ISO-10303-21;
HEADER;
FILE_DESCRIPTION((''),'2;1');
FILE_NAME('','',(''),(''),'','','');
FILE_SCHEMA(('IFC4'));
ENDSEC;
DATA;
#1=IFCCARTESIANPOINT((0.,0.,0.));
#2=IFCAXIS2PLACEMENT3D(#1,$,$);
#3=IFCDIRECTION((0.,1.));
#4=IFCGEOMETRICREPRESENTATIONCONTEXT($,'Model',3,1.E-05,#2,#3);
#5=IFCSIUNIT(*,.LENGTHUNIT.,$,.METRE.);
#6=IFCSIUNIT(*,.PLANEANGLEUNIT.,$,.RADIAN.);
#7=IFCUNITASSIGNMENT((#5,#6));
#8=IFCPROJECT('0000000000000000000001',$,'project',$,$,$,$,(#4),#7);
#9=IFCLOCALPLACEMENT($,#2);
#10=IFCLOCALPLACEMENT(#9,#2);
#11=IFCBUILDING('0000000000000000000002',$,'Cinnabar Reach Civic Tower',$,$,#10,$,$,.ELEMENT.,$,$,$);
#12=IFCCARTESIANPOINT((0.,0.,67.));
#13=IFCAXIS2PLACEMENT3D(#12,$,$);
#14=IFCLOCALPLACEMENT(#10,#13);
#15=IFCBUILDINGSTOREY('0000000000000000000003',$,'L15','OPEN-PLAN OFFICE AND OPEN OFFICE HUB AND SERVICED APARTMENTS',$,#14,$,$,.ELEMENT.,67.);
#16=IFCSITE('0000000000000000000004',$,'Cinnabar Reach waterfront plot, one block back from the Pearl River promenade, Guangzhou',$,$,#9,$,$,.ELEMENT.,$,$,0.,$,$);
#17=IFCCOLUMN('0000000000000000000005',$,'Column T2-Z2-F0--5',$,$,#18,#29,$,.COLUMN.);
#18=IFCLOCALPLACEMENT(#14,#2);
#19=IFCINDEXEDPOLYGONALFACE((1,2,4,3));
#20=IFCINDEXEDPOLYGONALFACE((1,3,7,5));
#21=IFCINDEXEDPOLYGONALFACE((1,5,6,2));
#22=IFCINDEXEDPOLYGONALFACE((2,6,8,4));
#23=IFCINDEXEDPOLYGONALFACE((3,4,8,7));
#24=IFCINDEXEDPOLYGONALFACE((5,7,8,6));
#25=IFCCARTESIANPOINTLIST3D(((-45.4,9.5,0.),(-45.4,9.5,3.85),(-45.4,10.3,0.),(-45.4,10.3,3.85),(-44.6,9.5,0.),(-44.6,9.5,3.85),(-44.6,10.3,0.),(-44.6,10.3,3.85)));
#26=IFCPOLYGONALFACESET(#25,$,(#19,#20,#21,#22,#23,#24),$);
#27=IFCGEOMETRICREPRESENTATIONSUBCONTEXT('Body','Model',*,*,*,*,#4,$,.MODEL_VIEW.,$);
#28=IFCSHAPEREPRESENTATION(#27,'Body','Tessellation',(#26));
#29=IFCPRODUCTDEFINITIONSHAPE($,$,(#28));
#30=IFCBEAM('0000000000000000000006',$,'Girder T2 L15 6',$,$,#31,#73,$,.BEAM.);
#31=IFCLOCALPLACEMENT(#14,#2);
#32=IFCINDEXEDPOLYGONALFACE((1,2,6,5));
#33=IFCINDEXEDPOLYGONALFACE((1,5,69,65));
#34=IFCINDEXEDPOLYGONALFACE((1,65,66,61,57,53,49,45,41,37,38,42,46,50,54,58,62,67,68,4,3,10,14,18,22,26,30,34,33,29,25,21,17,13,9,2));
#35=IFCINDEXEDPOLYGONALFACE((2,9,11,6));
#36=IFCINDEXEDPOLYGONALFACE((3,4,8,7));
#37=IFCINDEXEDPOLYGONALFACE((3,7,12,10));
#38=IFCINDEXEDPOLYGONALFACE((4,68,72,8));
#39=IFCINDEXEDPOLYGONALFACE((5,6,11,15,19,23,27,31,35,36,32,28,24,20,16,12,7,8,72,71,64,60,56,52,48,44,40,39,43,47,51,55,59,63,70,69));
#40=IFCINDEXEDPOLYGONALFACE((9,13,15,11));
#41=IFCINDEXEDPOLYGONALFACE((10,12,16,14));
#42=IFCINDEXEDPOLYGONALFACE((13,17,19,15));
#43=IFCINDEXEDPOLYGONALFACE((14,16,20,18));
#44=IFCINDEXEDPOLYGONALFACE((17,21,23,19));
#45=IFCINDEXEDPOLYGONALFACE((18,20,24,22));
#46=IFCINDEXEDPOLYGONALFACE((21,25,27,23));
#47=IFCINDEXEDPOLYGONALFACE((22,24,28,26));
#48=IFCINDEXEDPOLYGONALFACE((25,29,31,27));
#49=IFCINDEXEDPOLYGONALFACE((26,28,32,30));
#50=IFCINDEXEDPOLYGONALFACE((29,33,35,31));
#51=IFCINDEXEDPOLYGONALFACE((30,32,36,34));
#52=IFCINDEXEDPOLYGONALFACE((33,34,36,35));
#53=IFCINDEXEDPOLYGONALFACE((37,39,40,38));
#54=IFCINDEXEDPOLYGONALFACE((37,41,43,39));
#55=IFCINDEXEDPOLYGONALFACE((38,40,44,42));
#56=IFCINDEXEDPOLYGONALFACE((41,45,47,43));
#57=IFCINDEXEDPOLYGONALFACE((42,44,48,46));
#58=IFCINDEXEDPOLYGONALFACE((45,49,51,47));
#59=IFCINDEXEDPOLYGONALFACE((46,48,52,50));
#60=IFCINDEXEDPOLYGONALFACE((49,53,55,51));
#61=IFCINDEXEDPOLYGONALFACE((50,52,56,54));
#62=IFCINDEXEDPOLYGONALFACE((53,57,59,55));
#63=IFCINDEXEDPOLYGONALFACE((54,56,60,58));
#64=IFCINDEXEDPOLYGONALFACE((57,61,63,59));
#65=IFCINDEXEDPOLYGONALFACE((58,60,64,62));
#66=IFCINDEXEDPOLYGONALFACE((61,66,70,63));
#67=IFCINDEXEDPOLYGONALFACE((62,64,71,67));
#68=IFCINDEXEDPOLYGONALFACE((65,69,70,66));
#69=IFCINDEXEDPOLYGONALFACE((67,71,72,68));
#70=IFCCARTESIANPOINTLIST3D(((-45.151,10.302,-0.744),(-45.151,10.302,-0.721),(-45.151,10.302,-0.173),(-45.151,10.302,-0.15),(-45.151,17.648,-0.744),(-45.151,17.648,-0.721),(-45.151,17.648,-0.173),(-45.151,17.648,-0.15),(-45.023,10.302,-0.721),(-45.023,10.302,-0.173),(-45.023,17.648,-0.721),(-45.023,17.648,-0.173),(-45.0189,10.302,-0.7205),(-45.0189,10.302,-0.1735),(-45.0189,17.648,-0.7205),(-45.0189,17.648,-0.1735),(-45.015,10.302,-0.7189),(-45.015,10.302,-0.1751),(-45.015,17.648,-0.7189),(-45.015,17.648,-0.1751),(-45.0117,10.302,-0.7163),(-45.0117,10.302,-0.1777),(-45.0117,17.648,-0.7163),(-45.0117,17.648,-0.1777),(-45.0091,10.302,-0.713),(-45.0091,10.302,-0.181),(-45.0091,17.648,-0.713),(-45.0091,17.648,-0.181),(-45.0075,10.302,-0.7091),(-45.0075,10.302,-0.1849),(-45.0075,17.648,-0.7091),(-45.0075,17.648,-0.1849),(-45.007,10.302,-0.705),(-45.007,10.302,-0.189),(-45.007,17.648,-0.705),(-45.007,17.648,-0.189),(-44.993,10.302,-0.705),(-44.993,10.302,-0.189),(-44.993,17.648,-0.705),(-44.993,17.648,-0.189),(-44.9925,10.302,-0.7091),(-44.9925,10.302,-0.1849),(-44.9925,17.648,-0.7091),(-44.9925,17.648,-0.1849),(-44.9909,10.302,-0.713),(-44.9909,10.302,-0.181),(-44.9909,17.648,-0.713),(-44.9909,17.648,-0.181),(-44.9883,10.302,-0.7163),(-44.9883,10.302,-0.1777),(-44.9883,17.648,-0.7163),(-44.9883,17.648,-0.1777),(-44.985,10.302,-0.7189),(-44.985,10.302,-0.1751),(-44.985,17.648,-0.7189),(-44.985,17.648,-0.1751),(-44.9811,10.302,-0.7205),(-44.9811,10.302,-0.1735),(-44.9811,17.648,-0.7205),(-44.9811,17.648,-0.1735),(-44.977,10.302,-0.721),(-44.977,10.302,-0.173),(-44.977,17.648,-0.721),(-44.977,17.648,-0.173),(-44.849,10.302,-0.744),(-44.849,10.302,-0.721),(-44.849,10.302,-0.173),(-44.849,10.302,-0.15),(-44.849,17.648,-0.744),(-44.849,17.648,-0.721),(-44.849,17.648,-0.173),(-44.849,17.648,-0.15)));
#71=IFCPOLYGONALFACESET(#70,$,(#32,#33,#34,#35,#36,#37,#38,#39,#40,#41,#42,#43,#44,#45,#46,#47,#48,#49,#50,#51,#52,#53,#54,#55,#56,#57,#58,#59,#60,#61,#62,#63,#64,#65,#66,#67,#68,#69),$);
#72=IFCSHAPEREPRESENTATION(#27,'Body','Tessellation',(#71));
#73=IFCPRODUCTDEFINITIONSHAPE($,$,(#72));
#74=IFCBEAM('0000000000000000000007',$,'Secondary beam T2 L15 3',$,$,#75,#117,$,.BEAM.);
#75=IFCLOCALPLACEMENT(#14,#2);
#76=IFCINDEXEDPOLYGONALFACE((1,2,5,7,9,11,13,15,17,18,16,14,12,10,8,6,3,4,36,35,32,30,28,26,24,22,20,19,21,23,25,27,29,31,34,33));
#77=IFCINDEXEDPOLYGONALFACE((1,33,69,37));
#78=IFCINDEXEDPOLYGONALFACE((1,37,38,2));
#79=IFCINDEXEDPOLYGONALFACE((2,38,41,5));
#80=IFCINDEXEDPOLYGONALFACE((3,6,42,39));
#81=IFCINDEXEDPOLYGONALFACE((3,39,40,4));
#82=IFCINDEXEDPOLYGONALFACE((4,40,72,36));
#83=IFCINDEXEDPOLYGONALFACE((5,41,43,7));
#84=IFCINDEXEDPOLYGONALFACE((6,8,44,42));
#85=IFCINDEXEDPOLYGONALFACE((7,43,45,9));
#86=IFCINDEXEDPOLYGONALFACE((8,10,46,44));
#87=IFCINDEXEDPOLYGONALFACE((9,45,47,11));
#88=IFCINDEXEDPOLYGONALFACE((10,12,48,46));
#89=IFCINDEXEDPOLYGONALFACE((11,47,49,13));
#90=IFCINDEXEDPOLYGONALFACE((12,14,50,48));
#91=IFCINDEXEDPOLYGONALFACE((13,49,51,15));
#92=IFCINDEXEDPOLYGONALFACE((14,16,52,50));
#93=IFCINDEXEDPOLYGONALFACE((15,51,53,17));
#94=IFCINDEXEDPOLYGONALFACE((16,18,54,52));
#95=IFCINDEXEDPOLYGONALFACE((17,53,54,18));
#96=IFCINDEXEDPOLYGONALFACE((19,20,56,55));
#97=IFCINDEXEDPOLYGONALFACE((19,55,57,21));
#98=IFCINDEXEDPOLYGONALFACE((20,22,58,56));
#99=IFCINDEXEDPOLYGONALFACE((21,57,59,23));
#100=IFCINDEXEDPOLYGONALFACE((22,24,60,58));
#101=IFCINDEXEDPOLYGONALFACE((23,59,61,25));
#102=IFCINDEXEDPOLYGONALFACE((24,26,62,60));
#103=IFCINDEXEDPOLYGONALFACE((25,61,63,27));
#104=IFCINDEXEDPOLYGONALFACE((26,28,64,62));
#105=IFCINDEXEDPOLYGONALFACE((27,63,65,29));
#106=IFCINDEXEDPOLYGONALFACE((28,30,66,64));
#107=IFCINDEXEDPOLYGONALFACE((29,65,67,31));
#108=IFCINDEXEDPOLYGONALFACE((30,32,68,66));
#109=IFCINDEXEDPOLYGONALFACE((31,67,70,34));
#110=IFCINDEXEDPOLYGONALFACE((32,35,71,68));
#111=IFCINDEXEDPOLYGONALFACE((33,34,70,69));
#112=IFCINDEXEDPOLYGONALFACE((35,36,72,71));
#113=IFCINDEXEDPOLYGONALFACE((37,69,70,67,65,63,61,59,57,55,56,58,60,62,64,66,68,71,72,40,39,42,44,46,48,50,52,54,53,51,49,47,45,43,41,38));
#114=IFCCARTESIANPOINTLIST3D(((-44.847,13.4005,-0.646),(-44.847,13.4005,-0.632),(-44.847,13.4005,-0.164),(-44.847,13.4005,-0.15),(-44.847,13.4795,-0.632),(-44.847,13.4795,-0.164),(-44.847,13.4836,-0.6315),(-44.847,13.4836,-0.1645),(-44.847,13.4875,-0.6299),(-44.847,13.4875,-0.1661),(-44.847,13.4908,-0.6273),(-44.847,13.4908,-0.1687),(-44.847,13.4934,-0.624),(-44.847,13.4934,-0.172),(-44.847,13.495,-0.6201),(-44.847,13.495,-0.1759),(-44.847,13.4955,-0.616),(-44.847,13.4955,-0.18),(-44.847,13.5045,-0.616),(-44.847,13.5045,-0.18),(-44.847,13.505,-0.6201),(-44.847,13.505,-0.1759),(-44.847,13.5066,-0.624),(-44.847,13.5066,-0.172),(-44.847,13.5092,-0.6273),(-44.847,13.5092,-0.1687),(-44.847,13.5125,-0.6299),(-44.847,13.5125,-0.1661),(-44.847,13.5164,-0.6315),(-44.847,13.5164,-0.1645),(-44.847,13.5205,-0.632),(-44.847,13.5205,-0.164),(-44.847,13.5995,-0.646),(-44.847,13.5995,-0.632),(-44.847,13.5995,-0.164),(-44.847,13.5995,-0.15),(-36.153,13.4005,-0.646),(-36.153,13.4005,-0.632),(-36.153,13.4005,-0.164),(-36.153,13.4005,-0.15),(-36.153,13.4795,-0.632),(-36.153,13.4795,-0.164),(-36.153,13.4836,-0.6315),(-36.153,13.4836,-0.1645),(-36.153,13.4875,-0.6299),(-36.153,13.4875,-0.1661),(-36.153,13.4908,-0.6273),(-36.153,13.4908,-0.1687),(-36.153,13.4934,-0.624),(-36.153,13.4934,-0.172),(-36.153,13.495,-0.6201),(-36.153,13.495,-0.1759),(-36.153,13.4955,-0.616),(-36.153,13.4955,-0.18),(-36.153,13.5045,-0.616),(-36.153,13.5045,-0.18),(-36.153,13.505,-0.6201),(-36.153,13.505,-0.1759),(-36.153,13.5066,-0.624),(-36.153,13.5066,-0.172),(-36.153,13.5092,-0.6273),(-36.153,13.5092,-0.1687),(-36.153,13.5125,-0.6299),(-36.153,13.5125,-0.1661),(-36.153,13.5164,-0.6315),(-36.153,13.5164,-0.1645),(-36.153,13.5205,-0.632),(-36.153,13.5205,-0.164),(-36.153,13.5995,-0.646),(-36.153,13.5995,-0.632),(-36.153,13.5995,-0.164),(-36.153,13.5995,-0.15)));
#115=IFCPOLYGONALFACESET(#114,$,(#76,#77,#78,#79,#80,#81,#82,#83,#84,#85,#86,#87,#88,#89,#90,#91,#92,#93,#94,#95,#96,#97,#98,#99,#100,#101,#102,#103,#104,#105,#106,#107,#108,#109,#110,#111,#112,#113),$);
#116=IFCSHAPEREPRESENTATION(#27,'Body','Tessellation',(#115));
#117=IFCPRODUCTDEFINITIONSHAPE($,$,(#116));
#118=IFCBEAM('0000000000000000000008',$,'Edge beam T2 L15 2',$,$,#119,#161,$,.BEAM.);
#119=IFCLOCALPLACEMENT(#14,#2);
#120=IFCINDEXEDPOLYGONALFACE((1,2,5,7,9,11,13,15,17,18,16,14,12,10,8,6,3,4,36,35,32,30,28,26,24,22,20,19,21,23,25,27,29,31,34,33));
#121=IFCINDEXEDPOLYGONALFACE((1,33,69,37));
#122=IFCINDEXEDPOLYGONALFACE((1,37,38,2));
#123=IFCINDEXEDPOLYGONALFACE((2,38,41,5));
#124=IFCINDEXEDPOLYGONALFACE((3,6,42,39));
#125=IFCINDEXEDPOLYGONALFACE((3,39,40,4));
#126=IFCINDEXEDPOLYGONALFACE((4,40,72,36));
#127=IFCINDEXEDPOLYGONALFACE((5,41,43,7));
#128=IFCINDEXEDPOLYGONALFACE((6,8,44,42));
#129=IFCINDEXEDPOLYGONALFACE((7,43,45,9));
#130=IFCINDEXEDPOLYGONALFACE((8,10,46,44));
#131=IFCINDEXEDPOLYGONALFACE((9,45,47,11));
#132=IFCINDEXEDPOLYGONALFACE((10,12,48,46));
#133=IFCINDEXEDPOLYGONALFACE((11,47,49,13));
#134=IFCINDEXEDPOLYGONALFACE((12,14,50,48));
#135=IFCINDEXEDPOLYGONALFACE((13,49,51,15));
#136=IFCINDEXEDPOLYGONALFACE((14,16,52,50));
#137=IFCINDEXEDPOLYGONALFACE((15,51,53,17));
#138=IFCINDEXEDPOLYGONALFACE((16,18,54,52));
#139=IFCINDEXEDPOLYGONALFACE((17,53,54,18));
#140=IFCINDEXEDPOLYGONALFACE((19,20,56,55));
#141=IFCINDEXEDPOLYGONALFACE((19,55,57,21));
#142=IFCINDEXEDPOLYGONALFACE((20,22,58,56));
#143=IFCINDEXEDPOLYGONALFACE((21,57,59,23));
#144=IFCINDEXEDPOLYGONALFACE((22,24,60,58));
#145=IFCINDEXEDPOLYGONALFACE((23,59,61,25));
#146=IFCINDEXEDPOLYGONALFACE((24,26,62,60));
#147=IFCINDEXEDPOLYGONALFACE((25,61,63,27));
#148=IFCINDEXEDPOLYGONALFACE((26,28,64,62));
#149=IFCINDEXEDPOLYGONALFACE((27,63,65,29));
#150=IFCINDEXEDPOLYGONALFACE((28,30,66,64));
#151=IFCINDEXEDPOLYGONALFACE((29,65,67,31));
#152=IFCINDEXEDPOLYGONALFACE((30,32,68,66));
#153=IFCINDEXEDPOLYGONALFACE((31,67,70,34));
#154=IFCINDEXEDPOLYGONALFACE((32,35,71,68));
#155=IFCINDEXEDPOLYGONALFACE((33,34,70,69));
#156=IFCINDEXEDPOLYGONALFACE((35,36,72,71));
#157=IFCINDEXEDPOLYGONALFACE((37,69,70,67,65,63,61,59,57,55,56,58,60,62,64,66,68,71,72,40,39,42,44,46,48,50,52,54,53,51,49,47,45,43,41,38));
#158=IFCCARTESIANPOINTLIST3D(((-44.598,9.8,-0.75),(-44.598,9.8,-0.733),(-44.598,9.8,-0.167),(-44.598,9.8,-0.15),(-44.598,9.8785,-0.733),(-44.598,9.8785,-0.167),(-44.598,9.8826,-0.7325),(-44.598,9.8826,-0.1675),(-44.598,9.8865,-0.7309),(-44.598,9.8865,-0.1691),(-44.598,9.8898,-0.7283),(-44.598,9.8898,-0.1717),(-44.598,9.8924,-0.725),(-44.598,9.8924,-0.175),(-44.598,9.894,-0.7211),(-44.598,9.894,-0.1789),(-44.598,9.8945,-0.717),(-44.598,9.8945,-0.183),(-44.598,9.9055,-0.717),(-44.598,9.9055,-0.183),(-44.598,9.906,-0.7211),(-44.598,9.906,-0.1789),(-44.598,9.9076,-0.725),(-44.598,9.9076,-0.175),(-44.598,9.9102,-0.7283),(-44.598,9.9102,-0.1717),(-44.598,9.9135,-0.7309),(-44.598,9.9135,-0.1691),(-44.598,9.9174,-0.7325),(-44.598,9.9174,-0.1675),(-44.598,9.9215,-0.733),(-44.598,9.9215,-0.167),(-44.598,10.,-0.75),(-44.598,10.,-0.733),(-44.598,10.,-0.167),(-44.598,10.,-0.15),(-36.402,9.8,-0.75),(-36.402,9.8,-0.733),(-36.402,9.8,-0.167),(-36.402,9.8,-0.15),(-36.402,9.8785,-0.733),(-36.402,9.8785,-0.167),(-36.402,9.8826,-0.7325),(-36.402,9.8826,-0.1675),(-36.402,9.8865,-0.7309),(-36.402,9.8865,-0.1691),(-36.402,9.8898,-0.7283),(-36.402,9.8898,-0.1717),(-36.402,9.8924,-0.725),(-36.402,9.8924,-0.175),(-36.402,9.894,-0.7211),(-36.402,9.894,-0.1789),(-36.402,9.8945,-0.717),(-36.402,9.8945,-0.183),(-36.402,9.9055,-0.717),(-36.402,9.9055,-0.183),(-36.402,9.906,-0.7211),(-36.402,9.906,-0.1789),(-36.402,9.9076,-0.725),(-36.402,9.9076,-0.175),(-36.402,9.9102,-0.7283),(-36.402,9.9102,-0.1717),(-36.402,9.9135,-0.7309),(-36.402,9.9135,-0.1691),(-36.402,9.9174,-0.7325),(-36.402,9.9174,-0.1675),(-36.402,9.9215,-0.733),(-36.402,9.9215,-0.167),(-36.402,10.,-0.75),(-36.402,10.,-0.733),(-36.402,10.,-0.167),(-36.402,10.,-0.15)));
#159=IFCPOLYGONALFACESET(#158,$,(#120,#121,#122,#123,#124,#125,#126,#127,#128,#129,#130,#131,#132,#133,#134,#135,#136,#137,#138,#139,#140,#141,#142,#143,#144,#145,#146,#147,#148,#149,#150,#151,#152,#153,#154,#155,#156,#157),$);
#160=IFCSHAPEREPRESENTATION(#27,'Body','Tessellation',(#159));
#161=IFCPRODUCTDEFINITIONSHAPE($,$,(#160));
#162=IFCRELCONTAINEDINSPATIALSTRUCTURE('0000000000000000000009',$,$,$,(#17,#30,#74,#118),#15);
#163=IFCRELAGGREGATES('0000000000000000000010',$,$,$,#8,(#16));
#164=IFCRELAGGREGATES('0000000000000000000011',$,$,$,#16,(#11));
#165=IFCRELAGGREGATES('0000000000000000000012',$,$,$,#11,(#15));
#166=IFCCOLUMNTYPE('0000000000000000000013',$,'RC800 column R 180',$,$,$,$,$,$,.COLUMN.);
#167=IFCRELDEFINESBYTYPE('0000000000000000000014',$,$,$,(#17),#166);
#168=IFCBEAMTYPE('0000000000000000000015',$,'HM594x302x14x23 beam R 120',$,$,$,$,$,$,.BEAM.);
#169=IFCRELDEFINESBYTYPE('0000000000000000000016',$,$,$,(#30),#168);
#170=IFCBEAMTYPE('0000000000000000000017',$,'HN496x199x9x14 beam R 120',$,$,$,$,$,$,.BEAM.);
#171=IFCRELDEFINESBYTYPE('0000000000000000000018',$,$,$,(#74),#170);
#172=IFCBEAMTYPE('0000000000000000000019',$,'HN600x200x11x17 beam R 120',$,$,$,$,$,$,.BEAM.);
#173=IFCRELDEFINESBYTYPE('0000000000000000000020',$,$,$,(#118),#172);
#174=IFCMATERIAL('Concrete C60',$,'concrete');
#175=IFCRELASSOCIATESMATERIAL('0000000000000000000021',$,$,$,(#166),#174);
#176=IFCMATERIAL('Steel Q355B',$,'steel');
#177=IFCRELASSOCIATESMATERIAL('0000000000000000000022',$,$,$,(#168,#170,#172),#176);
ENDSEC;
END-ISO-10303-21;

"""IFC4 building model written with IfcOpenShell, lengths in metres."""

from ifc_helpers import new_model, si_unit, direction, frame, origin, origin_2d, place, context, subcontext, project, spatial, rectangle, i_section, extrude, material, material_profile, profile_set, type_object, element, save


model = new_model("IFC4")

# Units and contexts
model_context = context("Model", 3, precision=1e-05, world=origin(), true_north=direction((0.0, 1.0)))
body_context = subcontext(model_context, "Body", "Model", "MODEL_VIEW")
ifc_project = project(units=[si_unit("LENGTHUNIT", "METRE"), si_unit("PLANEANGLEUNIT", "RADIAN")], contexts=[model_context])

# Site, building, storey
site_placement = place(None, origin())
site = spatial("IfcSite", under=ifc_project, at=site_placement, Name="Cinnabar Reach waterfront plot, one block back from the Pearl River promenade, Guangzhou", CompositionType="ELEMENT", RefElevation=0.0)
building_placement = place(site_placement, origin())
building = spatial("IfcBuilding", under=site, at=building_placement, Name="Cinnabar Reach Civic Tower", CompositionType="ELEMENT")
storey_placement = place(building_placement, frame((0.0, 0.0, 67.0)))
storey = spatial("IfcBuildingStorey", under=building, at=storey_placement, Name="L15", Description="OPEN-PLAN OFFICE AND OPEN OFFICE HUB AND SERVICED APARTMENTS", CompositionType="ELEMENT", Elevation=67.0)

# Column
ifc_material_1 = material(Name="Concrete C60", Category="concrete")
ifc_material_profile_1 = material_profile(ifc_material_1, rectangle(XDim=0.8, YDim=0.8, at=origin_2d()), Name="RC800")
ifc_profile_set_1 = profile_set([ifc_material_profile_1], Name="Concrete C60")
column_type = type_object("IfcColumnType", Name="RC800 column R 180", PredefinedType="COLUMN", material=ifc_profile_set_1)
column_placement = place(storey_placement, frame((-45.0, 9.9, 0.0), z_axis=(0.0, 0.0, 1.0), x_axis=(1.0, 0.0, 0.0)))
element("IfcColumn", 1, at=column_placement, inside=storey, type_object=column_type, Name="Column T2-Z2-F0--5", PredefinedType="COLUMN", context=body_context, shape_type="SweptSolid", body=[
    extrude(rectangle(XDim=0.8, YDim=0.8, at=origin_2d()), origin(), (0.0, 0.0, 1.0), 3.85),
])

# Beams
ifc_material_2 = material(Name="Steel Q355B", Category="steel")
ifc_material_profile_2 = material_profile(ifc_material_2, i_section(OverallWidth=0.302, OverallDepth=0.594, WebThickness=0.014, FlangeThickness=0.023, FilletRadius=0.016, at=origin_2d()), Name="HM594x302x14x23")
ifc_profile_set_2 = profile_set([ifc_material_profile_2], Name="Steel Q355B")
beam_type_1 = type_object("IfcBeamType", Name="HM594x302x14x23 beam R 120", PredefinedType="BEAM", material=ifc_profile_set_2)
beam_1_placement = place(storey_placement, frame((-45.0, 10.302, -0.447), z_axis=(0.0, 1.0, 0.0), x_axis=(-1.0, 0.0, 0.0)))
element("IfcBeam", 2, at=beam_1_placement, inside=storey, type_object=beam_type_1, Name="Girder T2 L15 6", PredefinedType="BEAM", context=body_context, shape_type="SweptSolid", body=[
    extrude(i_section(OverallWidth=0.302, OverallDepth=0.594, WebThickness=0.014, FlangeThickness=0.023, FilletRadius=0.016, at=origin_2d()), origin(), (0.0, 0.0, 1.0), 7.346),
])
ifc_material_profile_3 = material_profile(ifc_material_2, i_section(OverallWidth=0.199, OverallDepth=0.496, WebThickness=0.009, FlangeThickness=0.014, FilletRadius=0.016, at=origin_2d()), Name="HN496x199x9x14")
ifc_profile_set_3 = profile_set([ifc_material_profile_3], Name="Steel Q355B")
beam_type_2 = type_object("IfcBeamType", Name="HN496x199x9x14 beam R 120", PredefinedType="BEAM", material=ifc_profile_set_3)
beam_2_placement = place(storey_placement, frame((-44.847, 13.5, -0.398), z_axis=(1.0, 0.0, 0.0), x_axis=(0.0, 1.0, 0.0)))
element("IfcBeam", 3, at=beam_2_placement, inside=storey, type_object=beam_type_2, Name="Secondary beam T2 L15 3", PredefinedType="BEAM", context=body_context, shape_type="SweptSolid", body=[
    extrude(i_section(OverallWidth=0.199, OverallDepth=0.496, WebThickness=0.009, FlangeThickness=0.014, FilletRadius=0.016, at=origin_2d()), origin(), (0.0, 0.0, 1.0), 8.694),
])
ifc_material_profile_4 = material_profile(ifc_material_2, i_section(OverallWidth=0.2, OverallDepth=0.6, WebThickness=0.011, FlangeThickness=0.017, FilletRadius=0.016, at=origin_2d()), Name="HN600x200x11x17")
ifc_profile_set_4 = profile_set([ifc_material_profile_4], Name="Steel Q355B")
beam_type_3 = type_object("IfcBeamType", Name="HN600x200x11x17 beam R 120", PredefinedType="BEAM", material=ifc_profile_set_4)
beam_3_placement = place(storey_placement, frame((-44.598, 9.9, -0.45), z_axis=(1.0, 0.0, 0.0), x_axis=(0.0, 1.0, 0.0)))
element("IfcBeam", 4, at=beam_3_placement, inside=storey, type_object=beam_type_3, Name="Edge beam T2 L15 2", PredefinedType="BEAM", context=body_context, shape_type="SweptSolid", body=[
    extrude(i_section(OverallWidth=0.2, OverallDepth=0.6, WebThickness=0.011, FlangeThickness=0.017, FilletRadius=0.016, at=origin_2d()), origin(), (0.0, 0.0, 1.0), 8.196),
])

save(model, "model.ifc")
